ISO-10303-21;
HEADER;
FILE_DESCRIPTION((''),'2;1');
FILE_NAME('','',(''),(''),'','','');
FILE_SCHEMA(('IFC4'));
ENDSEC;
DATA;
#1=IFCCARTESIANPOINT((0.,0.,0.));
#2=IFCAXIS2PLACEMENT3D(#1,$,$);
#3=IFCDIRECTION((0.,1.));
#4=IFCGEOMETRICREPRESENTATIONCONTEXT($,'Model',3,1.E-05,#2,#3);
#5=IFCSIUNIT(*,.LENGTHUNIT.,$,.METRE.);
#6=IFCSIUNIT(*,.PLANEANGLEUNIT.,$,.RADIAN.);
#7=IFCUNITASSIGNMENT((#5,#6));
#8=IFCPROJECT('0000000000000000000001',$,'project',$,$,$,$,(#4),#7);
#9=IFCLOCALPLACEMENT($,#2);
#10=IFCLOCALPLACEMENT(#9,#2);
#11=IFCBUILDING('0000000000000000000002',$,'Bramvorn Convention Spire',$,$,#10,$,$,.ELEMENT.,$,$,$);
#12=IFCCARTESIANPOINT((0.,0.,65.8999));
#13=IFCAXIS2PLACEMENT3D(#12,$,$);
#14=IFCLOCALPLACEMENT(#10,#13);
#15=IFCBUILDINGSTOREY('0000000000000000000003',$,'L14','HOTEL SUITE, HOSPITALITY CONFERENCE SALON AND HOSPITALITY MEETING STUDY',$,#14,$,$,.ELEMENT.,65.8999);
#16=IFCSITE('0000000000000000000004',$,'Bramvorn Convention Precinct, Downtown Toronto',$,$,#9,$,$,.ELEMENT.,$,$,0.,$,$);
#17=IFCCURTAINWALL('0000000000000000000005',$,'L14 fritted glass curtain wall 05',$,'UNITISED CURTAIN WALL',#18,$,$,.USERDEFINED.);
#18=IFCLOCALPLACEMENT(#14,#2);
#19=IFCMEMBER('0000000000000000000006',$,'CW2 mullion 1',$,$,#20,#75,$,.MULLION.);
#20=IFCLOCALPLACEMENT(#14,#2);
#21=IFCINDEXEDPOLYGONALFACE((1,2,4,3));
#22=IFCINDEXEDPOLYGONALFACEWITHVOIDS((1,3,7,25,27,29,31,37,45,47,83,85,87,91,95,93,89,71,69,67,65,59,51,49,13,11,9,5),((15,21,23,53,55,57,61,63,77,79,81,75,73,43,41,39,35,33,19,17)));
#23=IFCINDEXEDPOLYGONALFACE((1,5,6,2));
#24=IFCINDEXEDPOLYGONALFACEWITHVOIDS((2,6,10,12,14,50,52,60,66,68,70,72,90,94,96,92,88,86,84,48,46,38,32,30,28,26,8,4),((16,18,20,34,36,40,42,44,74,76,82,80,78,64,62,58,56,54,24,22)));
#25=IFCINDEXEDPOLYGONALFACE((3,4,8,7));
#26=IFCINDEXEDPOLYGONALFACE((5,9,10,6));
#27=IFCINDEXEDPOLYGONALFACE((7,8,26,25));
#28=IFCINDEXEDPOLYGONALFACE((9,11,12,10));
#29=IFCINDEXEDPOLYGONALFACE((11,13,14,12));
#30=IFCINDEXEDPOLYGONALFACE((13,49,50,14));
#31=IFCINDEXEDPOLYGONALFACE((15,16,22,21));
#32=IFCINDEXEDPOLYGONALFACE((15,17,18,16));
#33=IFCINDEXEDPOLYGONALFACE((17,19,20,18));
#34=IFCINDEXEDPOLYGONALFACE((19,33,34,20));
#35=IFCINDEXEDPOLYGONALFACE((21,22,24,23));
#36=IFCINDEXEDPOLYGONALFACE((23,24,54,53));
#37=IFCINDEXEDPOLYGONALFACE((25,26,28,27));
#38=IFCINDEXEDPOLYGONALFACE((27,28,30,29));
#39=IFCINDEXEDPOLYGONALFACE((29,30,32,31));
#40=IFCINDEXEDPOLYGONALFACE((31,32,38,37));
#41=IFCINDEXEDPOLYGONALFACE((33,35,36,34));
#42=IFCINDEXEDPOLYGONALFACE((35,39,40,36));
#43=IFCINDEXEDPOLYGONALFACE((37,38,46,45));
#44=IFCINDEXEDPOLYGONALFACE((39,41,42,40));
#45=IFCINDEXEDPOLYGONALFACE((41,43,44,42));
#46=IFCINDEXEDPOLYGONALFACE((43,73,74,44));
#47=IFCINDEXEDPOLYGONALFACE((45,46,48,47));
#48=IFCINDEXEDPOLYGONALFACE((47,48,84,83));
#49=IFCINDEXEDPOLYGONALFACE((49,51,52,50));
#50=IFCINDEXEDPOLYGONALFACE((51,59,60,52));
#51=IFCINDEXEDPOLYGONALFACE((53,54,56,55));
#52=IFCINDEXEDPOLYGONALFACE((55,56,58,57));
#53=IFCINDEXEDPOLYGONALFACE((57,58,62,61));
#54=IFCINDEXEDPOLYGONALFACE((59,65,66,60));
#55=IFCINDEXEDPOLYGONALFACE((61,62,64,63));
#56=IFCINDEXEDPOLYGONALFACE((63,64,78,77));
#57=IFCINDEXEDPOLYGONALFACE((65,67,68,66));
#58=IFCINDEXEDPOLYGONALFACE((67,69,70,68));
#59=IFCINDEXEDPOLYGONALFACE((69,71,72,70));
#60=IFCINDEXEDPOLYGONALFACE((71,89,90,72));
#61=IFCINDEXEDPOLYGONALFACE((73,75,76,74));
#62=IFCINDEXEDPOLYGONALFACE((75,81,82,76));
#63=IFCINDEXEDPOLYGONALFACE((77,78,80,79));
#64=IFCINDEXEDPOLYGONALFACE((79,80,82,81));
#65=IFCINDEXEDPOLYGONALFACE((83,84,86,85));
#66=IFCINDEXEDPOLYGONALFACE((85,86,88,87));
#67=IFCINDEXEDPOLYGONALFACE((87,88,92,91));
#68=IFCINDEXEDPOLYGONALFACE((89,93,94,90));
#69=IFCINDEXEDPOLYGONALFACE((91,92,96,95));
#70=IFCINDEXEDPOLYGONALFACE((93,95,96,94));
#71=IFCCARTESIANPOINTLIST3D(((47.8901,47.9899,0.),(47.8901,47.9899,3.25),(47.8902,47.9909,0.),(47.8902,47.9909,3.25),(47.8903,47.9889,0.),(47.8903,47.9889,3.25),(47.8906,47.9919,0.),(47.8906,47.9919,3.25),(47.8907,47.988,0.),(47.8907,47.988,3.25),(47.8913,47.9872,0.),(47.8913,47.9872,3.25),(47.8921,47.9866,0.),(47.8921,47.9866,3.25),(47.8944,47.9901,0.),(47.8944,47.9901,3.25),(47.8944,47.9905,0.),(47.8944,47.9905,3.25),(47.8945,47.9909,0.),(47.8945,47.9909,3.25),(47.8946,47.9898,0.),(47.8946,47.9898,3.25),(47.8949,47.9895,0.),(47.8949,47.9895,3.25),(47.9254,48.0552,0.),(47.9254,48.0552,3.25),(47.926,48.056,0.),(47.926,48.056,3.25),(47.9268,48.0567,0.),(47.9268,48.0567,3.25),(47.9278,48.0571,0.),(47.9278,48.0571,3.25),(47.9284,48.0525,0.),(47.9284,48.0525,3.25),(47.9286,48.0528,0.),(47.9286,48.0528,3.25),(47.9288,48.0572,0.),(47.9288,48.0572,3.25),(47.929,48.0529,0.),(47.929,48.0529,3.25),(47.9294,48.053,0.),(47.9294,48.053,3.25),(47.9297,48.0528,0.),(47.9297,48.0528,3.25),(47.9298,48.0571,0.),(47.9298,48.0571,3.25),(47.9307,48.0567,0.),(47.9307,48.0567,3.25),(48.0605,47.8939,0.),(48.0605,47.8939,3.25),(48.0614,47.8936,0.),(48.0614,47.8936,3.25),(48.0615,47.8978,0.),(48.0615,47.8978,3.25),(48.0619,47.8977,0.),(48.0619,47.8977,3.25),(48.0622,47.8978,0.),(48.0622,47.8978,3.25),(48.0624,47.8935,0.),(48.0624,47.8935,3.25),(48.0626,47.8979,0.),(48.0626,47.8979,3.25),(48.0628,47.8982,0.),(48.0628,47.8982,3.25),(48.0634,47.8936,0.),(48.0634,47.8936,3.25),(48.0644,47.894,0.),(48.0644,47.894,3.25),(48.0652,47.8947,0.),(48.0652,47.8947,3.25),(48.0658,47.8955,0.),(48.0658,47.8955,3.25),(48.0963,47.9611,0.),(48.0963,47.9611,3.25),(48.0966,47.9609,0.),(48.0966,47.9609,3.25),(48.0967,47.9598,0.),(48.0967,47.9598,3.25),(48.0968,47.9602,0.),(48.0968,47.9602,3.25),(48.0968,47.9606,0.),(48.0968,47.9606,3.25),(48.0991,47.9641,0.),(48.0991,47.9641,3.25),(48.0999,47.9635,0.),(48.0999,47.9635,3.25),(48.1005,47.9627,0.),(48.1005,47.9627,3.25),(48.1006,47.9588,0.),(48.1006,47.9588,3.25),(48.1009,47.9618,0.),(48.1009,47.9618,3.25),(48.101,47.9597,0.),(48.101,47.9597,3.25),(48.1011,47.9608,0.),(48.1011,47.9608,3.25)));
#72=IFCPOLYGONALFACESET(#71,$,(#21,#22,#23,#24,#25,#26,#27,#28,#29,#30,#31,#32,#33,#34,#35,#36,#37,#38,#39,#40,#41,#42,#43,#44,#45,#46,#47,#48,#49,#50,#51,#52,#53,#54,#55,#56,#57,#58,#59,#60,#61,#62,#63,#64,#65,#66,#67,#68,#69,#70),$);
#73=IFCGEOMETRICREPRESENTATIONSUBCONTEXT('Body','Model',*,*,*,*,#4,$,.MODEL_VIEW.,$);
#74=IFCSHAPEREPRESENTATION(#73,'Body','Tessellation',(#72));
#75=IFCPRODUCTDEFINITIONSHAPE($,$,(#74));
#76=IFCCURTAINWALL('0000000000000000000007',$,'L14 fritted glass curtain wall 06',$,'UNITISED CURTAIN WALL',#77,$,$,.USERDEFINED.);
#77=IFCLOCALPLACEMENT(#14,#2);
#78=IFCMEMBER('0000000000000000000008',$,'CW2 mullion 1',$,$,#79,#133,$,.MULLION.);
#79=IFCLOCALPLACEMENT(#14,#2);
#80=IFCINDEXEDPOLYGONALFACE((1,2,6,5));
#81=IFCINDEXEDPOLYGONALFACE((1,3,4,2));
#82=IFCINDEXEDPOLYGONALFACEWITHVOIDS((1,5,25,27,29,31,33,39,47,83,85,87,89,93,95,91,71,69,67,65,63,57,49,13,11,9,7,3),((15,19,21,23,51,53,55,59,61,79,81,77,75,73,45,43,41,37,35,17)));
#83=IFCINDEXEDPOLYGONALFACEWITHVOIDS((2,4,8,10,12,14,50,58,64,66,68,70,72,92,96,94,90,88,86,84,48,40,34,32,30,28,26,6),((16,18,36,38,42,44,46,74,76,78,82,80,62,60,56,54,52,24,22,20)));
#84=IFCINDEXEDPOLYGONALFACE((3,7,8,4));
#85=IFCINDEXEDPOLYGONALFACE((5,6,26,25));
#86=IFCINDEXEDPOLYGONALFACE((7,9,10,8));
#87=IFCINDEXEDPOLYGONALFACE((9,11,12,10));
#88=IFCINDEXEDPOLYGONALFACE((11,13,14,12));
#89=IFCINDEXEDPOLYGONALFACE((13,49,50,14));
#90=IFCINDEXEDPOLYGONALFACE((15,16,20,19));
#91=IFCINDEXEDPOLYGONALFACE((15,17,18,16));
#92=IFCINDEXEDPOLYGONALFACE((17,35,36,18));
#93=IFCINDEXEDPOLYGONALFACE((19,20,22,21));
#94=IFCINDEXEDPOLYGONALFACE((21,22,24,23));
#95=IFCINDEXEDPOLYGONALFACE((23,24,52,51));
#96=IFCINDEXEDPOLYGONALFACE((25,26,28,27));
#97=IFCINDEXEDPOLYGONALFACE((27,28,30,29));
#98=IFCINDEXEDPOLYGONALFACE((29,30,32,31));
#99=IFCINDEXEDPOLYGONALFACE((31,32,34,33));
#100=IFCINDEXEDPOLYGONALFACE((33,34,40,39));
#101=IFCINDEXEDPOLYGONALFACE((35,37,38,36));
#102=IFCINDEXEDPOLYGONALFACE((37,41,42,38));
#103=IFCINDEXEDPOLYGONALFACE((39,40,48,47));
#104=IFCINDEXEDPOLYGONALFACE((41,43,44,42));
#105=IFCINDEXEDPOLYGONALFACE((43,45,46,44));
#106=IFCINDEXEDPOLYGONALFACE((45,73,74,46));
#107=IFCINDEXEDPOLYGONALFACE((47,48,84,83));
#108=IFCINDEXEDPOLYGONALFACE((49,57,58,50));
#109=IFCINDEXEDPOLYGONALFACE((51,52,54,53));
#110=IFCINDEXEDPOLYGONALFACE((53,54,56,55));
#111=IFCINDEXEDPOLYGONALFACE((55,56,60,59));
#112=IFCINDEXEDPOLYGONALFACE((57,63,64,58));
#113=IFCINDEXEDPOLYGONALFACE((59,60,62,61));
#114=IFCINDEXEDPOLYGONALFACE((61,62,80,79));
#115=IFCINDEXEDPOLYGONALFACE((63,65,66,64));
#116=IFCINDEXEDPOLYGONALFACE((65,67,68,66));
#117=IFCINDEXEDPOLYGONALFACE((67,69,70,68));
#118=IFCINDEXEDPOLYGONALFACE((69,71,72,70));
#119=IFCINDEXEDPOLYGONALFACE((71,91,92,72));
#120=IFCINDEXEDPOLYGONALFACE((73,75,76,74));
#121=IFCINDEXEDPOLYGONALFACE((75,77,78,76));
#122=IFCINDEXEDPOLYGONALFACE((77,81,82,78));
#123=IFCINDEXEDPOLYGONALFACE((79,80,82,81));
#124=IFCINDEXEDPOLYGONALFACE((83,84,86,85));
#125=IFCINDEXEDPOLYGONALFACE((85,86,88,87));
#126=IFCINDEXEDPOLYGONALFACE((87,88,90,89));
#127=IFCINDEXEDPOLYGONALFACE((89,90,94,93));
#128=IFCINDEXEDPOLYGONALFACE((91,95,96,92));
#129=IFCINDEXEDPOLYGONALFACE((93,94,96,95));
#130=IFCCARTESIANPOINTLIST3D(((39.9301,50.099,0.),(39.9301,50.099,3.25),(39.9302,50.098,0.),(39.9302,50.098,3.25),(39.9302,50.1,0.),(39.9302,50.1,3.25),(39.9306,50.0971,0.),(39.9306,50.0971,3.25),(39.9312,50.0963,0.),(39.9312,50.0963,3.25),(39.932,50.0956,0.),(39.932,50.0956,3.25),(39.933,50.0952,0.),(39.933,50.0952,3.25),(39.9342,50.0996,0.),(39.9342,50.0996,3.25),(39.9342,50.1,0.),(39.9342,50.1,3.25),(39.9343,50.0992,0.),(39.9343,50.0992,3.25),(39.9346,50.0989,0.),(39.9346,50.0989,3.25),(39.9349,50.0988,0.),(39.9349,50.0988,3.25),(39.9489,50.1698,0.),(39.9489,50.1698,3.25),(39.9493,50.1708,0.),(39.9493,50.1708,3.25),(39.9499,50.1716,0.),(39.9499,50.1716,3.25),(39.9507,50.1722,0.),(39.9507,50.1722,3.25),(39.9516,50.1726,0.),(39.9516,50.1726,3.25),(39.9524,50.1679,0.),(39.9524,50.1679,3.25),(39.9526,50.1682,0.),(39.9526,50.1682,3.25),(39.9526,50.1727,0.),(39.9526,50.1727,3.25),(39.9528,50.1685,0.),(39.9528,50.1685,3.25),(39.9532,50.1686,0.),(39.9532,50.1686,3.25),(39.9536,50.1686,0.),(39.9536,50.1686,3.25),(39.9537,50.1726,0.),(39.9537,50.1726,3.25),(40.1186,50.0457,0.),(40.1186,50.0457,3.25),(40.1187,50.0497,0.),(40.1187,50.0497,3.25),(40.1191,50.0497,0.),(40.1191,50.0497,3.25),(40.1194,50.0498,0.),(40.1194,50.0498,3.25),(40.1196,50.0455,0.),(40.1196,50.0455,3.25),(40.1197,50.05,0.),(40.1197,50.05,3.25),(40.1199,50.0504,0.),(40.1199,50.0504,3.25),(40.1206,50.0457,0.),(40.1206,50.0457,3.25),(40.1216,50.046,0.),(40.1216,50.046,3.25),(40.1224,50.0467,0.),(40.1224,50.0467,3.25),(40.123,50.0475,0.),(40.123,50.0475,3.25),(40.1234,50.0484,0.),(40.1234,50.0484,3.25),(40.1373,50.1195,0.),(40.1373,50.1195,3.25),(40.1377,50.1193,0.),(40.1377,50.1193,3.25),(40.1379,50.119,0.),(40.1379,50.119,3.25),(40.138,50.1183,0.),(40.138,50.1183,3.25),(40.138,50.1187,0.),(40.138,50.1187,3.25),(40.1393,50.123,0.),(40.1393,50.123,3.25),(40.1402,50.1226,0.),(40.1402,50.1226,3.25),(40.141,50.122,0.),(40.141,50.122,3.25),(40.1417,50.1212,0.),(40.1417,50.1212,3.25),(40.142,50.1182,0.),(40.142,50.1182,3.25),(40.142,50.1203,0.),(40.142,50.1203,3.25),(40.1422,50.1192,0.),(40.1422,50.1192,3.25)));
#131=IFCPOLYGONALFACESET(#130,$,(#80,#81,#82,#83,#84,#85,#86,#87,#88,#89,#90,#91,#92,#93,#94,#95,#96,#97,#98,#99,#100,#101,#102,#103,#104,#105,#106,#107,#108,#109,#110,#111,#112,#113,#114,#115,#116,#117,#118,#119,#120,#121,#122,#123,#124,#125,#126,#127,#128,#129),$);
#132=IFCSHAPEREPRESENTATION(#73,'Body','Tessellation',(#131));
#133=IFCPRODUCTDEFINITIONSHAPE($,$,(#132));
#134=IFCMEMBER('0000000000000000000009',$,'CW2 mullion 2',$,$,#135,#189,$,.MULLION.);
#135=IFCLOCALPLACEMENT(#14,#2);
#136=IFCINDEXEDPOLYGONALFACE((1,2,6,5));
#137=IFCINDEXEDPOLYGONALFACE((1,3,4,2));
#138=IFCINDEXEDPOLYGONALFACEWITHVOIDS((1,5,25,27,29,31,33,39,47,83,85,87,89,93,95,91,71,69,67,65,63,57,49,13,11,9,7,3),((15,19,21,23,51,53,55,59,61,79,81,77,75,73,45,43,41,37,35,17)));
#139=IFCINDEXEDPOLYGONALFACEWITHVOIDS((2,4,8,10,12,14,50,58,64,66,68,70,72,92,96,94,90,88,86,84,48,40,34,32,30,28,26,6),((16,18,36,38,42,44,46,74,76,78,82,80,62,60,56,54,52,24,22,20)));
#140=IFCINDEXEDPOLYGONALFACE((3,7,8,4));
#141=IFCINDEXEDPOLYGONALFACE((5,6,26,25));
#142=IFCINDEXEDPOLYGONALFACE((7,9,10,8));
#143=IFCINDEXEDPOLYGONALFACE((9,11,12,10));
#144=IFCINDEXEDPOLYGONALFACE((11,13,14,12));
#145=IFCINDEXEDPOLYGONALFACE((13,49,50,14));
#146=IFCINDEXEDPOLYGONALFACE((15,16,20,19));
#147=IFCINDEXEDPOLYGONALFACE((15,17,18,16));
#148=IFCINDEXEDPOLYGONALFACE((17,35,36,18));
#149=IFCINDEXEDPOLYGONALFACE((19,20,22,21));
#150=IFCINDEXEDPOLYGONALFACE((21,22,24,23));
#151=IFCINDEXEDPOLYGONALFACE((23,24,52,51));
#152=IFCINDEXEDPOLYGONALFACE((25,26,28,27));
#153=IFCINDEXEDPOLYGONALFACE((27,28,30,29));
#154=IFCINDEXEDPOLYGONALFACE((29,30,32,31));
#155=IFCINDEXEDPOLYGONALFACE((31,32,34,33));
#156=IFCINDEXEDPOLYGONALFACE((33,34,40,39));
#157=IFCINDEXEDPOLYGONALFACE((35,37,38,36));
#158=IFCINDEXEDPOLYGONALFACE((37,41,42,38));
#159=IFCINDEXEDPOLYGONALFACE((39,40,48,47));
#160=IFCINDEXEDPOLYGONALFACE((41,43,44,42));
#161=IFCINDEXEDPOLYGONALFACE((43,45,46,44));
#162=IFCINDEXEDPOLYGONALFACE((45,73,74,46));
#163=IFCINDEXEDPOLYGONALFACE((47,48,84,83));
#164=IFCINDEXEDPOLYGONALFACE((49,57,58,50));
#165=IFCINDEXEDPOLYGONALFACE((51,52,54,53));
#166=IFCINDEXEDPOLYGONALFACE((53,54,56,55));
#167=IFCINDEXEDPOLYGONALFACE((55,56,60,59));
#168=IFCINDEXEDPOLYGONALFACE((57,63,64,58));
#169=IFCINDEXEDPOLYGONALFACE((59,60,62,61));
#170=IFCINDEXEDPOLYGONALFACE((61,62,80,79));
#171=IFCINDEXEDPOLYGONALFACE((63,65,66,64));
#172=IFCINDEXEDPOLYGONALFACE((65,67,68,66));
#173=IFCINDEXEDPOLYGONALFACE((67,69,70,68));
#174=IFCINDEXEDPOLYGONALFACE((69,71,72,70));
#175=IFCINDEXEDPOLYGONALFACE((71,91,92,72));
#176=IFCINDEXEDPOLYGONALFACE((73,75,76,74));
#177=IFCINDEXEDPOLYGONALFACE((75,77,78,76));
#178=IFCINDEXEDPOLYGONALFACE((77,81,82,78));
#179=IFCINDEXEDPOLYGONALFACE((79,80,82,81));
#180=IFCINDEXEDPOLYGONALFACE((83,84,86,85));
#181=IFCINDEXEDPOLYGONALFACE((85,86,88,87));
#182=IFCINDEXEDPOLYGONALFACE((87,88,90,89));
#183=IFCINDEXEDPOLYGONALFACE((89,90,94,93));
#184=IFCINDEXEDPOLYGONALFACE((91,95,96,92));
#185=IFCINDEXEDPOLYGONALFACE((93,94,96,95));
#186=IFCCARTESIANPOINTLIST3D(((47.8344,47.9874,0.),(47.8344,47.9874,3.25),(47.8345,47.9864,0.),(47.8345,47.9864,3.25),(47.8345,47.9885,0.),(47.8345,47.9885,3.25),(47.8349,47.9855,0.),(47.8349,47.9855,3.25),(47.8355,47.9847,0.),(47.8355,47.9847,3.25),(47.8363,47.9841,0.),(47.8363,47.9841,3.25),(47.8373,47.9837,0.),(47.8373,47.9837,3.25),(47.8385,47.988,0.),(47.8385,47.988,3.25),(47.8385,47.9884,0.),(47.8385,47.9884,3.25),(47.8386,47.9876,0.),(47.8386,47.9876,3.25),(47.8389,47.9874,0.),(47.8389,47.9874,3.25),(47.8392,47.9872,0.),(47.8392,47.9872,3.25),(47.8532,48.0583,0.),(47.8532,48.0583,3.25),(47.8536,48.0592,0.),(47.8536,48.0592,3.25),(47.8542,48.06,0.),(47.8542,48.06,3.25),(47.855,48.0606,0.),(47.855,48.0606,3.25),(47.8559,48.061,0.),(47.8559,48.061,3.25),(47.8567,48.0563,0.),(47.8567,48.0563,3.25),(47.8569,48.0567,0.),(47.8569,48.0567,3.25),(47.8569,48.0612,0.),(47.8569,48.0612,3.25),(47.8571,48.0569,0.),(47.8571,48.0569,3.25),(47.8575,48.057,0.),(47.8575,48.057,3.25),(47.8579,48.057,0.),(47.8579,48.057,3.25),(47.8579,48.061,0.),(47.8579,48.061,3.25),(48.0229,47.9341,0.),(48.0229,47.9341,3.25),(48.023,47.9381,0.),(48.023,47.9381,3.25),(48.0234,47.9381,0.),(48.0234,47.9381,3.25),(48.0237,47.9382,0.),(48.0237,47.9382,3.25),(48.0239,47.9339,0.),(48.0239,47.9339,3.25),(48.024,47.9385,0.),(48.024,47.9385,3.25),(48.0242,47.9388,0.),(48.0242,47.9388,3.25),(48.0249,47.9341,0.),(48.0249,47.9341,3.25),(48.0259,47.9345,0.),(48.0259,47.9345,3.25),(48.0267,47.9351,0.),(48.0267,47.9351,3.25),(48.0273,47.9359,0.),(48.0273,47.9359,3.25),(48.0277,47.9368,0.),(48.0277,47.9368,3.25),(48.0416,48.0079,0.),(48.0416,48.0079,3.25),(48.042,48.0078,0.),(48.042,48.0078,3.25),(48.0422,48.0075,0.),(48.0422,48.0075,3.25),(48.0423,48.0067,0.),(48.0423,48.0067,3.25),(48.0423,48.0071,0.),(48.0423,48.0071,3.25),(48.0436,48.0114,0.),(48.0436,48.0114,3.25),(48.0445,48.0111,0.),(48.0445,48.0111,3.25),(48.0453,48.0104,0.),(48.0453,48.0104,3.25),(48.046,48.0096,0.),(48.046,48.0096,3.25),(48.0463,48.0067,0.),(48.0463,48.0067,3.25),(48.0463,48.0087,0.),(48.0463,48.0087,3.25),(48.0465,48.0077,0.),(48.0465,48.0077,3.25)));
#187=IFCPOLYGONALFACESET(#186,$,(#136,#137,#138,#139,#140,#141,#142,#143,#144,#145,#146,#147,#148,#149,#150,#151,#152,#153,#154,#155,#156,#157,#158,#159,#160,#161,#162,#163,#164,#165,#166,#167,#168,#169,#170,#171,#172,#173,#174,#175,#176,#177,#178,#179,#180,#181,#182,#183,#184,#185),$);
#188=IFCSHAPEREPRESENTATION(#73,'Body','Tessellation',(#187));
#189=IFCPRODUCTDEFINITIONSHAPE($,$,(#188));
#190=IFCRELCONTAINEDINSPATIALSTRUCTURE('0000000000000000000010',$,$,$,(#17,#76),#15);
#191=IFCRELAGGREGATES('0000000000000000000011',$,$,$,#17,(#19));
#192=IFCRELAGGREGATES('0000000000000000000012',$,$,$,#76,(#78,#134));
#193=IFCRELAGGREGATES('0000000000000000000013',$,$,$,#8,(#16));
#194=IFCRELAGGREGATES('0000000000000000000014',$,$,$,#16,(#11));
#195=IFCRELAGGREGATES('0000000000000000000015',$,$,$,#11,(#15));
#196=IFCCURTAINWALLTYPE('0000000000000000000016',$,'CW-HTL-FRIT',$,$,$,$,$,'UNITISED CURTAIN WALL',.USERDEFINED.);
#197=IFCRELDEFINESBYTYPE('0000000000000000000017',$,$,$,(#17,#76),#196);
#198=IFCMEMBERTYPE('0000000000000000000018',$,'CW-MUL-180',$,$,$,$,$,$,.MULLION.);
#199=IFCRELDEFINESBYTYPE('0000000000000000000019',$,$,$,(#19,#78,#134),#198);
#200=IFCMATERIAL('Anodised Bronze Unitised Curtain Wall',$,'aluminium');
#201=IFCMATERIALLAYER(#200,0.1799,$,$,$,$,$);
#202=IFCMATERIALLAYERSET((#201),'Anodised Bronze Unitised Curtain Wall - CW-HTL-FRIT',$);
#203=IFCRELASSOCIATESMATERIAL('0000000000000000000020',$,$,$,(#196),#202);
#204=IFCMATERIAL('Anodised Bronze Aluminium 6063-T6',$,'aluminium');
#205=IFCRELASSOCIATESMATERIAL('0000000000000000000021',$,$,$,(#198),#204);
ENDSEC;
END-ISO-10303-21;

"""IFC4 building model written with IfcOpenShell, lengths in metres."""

from ifc_helpers import new_model, si_unit, direction, frame, origin, origin_2d, place, context, subcontext, project, spatial, hollow_rectangle, extrude, material, layer, layer_set, material_profile, profile_set, type_object, element, aggregate, save


model = new_model("IFC4")

# Units and contexts
model_context = context("Model", 3, precision=1e-05, world=origin(), true_north=direction((0.0, 1.0)))
body_context = subcontext(model_context, "Body", "Model", "MODEL_VIEW")
ifc_project = project(units=[si_unit("LENGTHUNIT", "METRE"), si_unit("PLANEANGLEUNIT", "RADIAN")], contexts=[model_context])

# Site, building, storey
site_placement = place(None, origin())
site = spatial("IfcSite", under=ifc_project, at=site_placement, Name="Bramvorn Convention Precinct, Downtown Toronto", CompositionType="ELEMENT", RefElevation=0.0)
building_placement = place(site_placement, origin())
building = spatial("IfcBuilding", under=site, at=building_placement, Name="Bramvorn Convention Spire", CompositionType="ELEMENT")
storey_placement = place(building_placement, frame((0.0, 0.0, 65.8999)))
storey = spatial("IfcBuildingStorey", under=building, at=storey_placement, Name="L14", Description="HOTEL SUITE, HOSPITALITY CONFERENCE SALON AND HOSPITALITY MEETING STUDY", CompositionType="ELEMENT", Elevation=65.8999)

# Curtain wall, member
ifc_material_1 = material(Name="Anodised Bronze Unitised Curtain Wall", Category="aluminium")
ifc_layer_1 = layer(ifc_material_1, 0.1799)
ifc_layer_set_1 = layer_set([ifc_layer_1], Name="Anodised Bronze Unitised Curtain Wall - CW-HTL-FRIT")
curtain_wall_type = type_object("IfcCurtainWallType", Name="CW-HTL-FRIT", ElementType="UNITISED CURTAIN WALL", PredefinedType="USERDEFINED", material=ifc_layer_set_1)
curtain_wall_1_placement = place(storey_placement, origin())
curtain_wall_1 = element("IfcCurtainWall", 1, at=curtain_wall_1_placement, inside=storey, type_object=curtain_wall_type, Name="L14 fritted glass curtain wall 05", ObjectType="UNITISED CURTAIN WALL", PredefinedType="USERDEFINED")
ifc_material_2 = material(Name="Anodised Bronze Aluminium 6063-T6", Category="aluminium")
ifc_material_profile_1 = material_profile(ifc_material_2, hollow_rectangle(XDim=0.0801, YDim=0.2, WallThickness=0.0039, InnerFilletRadius=0.001, OuterFilletRadius=0.0039, at=origin_2d()))
ifc_profile_set_1 = profile_set([ifc_material_profile_1], Name="Anodised Bronze Aluminium 6063-T6 - CWM80X200")
member_type_1 = type_object("IfcMemberType", Name="CW-MUL-180", PredefinedType="MULLION", material=ifc_profile_set_1)
member_1_placement = place(storey_placement, frame((47.9956, 47.9753, 0.0), z_axis=(0.0, 0.0, 1.0), x_axis=(0.482157, 0.876085, 0.0)))
member_1 = element("IfcMember", 2, at=member_1_placement, type_object=member_type_1, Name="CW2 mullion 1", PredefinedType="MULLION", context=body_context, shape_type="SweptSolid", body=[
    extrude(hollow_rectangle(XDim=0.0801, YDim=0.2, WallThickness=0.0039, InnerFilletRadius=0.001, OuterFilletRadius=0.0039, at=origin_2d()), origin(), (0.0, 0.0, 1.0), 3.25),
])
aggregate(curtain_wall_1, [member_1])

# Curtain wall, members
curtain_wall_2_placement = place(storey_placement, origin())
curtain_wall_2 = element("IfcCurtainWall", 3, at=curtain_wall_2_placement, inside=storey, type_object=curtain_wall_type, Name="L14 fritted glass curtain wall 06", ObjectType="UNITISED CURTAIN WALL", PredefinedType="USERDEFINED")
member_2_placement = place(storey_placement, frame((40.0361, 50.1091, 0.0), z_axis=(0.0, 0.0, 1.0), x_axis=(0.258087, 0.966122, 0.0)))
member_2 = element("IfcMember", 4, at=member_2_placement, type_object=member_type_1, Name="CW2 mullion 1", PredefinedType="MULLION", context=body_context, shape_type="SweptSolid", body=[
    extrude(hollow_rectangle(XDim=0.0801, YDim=0.2, WallThickness=0.0039, InnerFilletRadius=0.001, OuterFilletRadius=0.0039, at=origin_2d()), origin(), (0.0, 0.0, 1.0), 3.25),
])
member_3_placement = place(storey_placement, frame((47.9404, 47.9976, 0.0), z_axis=(0.0, 0.0, 1.0), x_axis=(0.258087, 0.966122, 0.0)))
member_3 = element("IfcMember", 5, at=member_3_placement, type_object=member_type_1, Name="CW2 mullion 2", PredefinedType="MULLION", context=body_context, shape_type="SweptSolid", body=[
    extrude(hollow_rectangle(XDim=0.0801, YDim=0.2, WallThickness=0.0039, InnerFilletRadius=0.001, OuterFilletRadius=0.0039, at=origin_2d()), origin(), (0.0, 0.0, 1.0), 3.25),
])
aggregate(curtain_wall_2, [member_2, member_3])

save(model, "model.ifc")
